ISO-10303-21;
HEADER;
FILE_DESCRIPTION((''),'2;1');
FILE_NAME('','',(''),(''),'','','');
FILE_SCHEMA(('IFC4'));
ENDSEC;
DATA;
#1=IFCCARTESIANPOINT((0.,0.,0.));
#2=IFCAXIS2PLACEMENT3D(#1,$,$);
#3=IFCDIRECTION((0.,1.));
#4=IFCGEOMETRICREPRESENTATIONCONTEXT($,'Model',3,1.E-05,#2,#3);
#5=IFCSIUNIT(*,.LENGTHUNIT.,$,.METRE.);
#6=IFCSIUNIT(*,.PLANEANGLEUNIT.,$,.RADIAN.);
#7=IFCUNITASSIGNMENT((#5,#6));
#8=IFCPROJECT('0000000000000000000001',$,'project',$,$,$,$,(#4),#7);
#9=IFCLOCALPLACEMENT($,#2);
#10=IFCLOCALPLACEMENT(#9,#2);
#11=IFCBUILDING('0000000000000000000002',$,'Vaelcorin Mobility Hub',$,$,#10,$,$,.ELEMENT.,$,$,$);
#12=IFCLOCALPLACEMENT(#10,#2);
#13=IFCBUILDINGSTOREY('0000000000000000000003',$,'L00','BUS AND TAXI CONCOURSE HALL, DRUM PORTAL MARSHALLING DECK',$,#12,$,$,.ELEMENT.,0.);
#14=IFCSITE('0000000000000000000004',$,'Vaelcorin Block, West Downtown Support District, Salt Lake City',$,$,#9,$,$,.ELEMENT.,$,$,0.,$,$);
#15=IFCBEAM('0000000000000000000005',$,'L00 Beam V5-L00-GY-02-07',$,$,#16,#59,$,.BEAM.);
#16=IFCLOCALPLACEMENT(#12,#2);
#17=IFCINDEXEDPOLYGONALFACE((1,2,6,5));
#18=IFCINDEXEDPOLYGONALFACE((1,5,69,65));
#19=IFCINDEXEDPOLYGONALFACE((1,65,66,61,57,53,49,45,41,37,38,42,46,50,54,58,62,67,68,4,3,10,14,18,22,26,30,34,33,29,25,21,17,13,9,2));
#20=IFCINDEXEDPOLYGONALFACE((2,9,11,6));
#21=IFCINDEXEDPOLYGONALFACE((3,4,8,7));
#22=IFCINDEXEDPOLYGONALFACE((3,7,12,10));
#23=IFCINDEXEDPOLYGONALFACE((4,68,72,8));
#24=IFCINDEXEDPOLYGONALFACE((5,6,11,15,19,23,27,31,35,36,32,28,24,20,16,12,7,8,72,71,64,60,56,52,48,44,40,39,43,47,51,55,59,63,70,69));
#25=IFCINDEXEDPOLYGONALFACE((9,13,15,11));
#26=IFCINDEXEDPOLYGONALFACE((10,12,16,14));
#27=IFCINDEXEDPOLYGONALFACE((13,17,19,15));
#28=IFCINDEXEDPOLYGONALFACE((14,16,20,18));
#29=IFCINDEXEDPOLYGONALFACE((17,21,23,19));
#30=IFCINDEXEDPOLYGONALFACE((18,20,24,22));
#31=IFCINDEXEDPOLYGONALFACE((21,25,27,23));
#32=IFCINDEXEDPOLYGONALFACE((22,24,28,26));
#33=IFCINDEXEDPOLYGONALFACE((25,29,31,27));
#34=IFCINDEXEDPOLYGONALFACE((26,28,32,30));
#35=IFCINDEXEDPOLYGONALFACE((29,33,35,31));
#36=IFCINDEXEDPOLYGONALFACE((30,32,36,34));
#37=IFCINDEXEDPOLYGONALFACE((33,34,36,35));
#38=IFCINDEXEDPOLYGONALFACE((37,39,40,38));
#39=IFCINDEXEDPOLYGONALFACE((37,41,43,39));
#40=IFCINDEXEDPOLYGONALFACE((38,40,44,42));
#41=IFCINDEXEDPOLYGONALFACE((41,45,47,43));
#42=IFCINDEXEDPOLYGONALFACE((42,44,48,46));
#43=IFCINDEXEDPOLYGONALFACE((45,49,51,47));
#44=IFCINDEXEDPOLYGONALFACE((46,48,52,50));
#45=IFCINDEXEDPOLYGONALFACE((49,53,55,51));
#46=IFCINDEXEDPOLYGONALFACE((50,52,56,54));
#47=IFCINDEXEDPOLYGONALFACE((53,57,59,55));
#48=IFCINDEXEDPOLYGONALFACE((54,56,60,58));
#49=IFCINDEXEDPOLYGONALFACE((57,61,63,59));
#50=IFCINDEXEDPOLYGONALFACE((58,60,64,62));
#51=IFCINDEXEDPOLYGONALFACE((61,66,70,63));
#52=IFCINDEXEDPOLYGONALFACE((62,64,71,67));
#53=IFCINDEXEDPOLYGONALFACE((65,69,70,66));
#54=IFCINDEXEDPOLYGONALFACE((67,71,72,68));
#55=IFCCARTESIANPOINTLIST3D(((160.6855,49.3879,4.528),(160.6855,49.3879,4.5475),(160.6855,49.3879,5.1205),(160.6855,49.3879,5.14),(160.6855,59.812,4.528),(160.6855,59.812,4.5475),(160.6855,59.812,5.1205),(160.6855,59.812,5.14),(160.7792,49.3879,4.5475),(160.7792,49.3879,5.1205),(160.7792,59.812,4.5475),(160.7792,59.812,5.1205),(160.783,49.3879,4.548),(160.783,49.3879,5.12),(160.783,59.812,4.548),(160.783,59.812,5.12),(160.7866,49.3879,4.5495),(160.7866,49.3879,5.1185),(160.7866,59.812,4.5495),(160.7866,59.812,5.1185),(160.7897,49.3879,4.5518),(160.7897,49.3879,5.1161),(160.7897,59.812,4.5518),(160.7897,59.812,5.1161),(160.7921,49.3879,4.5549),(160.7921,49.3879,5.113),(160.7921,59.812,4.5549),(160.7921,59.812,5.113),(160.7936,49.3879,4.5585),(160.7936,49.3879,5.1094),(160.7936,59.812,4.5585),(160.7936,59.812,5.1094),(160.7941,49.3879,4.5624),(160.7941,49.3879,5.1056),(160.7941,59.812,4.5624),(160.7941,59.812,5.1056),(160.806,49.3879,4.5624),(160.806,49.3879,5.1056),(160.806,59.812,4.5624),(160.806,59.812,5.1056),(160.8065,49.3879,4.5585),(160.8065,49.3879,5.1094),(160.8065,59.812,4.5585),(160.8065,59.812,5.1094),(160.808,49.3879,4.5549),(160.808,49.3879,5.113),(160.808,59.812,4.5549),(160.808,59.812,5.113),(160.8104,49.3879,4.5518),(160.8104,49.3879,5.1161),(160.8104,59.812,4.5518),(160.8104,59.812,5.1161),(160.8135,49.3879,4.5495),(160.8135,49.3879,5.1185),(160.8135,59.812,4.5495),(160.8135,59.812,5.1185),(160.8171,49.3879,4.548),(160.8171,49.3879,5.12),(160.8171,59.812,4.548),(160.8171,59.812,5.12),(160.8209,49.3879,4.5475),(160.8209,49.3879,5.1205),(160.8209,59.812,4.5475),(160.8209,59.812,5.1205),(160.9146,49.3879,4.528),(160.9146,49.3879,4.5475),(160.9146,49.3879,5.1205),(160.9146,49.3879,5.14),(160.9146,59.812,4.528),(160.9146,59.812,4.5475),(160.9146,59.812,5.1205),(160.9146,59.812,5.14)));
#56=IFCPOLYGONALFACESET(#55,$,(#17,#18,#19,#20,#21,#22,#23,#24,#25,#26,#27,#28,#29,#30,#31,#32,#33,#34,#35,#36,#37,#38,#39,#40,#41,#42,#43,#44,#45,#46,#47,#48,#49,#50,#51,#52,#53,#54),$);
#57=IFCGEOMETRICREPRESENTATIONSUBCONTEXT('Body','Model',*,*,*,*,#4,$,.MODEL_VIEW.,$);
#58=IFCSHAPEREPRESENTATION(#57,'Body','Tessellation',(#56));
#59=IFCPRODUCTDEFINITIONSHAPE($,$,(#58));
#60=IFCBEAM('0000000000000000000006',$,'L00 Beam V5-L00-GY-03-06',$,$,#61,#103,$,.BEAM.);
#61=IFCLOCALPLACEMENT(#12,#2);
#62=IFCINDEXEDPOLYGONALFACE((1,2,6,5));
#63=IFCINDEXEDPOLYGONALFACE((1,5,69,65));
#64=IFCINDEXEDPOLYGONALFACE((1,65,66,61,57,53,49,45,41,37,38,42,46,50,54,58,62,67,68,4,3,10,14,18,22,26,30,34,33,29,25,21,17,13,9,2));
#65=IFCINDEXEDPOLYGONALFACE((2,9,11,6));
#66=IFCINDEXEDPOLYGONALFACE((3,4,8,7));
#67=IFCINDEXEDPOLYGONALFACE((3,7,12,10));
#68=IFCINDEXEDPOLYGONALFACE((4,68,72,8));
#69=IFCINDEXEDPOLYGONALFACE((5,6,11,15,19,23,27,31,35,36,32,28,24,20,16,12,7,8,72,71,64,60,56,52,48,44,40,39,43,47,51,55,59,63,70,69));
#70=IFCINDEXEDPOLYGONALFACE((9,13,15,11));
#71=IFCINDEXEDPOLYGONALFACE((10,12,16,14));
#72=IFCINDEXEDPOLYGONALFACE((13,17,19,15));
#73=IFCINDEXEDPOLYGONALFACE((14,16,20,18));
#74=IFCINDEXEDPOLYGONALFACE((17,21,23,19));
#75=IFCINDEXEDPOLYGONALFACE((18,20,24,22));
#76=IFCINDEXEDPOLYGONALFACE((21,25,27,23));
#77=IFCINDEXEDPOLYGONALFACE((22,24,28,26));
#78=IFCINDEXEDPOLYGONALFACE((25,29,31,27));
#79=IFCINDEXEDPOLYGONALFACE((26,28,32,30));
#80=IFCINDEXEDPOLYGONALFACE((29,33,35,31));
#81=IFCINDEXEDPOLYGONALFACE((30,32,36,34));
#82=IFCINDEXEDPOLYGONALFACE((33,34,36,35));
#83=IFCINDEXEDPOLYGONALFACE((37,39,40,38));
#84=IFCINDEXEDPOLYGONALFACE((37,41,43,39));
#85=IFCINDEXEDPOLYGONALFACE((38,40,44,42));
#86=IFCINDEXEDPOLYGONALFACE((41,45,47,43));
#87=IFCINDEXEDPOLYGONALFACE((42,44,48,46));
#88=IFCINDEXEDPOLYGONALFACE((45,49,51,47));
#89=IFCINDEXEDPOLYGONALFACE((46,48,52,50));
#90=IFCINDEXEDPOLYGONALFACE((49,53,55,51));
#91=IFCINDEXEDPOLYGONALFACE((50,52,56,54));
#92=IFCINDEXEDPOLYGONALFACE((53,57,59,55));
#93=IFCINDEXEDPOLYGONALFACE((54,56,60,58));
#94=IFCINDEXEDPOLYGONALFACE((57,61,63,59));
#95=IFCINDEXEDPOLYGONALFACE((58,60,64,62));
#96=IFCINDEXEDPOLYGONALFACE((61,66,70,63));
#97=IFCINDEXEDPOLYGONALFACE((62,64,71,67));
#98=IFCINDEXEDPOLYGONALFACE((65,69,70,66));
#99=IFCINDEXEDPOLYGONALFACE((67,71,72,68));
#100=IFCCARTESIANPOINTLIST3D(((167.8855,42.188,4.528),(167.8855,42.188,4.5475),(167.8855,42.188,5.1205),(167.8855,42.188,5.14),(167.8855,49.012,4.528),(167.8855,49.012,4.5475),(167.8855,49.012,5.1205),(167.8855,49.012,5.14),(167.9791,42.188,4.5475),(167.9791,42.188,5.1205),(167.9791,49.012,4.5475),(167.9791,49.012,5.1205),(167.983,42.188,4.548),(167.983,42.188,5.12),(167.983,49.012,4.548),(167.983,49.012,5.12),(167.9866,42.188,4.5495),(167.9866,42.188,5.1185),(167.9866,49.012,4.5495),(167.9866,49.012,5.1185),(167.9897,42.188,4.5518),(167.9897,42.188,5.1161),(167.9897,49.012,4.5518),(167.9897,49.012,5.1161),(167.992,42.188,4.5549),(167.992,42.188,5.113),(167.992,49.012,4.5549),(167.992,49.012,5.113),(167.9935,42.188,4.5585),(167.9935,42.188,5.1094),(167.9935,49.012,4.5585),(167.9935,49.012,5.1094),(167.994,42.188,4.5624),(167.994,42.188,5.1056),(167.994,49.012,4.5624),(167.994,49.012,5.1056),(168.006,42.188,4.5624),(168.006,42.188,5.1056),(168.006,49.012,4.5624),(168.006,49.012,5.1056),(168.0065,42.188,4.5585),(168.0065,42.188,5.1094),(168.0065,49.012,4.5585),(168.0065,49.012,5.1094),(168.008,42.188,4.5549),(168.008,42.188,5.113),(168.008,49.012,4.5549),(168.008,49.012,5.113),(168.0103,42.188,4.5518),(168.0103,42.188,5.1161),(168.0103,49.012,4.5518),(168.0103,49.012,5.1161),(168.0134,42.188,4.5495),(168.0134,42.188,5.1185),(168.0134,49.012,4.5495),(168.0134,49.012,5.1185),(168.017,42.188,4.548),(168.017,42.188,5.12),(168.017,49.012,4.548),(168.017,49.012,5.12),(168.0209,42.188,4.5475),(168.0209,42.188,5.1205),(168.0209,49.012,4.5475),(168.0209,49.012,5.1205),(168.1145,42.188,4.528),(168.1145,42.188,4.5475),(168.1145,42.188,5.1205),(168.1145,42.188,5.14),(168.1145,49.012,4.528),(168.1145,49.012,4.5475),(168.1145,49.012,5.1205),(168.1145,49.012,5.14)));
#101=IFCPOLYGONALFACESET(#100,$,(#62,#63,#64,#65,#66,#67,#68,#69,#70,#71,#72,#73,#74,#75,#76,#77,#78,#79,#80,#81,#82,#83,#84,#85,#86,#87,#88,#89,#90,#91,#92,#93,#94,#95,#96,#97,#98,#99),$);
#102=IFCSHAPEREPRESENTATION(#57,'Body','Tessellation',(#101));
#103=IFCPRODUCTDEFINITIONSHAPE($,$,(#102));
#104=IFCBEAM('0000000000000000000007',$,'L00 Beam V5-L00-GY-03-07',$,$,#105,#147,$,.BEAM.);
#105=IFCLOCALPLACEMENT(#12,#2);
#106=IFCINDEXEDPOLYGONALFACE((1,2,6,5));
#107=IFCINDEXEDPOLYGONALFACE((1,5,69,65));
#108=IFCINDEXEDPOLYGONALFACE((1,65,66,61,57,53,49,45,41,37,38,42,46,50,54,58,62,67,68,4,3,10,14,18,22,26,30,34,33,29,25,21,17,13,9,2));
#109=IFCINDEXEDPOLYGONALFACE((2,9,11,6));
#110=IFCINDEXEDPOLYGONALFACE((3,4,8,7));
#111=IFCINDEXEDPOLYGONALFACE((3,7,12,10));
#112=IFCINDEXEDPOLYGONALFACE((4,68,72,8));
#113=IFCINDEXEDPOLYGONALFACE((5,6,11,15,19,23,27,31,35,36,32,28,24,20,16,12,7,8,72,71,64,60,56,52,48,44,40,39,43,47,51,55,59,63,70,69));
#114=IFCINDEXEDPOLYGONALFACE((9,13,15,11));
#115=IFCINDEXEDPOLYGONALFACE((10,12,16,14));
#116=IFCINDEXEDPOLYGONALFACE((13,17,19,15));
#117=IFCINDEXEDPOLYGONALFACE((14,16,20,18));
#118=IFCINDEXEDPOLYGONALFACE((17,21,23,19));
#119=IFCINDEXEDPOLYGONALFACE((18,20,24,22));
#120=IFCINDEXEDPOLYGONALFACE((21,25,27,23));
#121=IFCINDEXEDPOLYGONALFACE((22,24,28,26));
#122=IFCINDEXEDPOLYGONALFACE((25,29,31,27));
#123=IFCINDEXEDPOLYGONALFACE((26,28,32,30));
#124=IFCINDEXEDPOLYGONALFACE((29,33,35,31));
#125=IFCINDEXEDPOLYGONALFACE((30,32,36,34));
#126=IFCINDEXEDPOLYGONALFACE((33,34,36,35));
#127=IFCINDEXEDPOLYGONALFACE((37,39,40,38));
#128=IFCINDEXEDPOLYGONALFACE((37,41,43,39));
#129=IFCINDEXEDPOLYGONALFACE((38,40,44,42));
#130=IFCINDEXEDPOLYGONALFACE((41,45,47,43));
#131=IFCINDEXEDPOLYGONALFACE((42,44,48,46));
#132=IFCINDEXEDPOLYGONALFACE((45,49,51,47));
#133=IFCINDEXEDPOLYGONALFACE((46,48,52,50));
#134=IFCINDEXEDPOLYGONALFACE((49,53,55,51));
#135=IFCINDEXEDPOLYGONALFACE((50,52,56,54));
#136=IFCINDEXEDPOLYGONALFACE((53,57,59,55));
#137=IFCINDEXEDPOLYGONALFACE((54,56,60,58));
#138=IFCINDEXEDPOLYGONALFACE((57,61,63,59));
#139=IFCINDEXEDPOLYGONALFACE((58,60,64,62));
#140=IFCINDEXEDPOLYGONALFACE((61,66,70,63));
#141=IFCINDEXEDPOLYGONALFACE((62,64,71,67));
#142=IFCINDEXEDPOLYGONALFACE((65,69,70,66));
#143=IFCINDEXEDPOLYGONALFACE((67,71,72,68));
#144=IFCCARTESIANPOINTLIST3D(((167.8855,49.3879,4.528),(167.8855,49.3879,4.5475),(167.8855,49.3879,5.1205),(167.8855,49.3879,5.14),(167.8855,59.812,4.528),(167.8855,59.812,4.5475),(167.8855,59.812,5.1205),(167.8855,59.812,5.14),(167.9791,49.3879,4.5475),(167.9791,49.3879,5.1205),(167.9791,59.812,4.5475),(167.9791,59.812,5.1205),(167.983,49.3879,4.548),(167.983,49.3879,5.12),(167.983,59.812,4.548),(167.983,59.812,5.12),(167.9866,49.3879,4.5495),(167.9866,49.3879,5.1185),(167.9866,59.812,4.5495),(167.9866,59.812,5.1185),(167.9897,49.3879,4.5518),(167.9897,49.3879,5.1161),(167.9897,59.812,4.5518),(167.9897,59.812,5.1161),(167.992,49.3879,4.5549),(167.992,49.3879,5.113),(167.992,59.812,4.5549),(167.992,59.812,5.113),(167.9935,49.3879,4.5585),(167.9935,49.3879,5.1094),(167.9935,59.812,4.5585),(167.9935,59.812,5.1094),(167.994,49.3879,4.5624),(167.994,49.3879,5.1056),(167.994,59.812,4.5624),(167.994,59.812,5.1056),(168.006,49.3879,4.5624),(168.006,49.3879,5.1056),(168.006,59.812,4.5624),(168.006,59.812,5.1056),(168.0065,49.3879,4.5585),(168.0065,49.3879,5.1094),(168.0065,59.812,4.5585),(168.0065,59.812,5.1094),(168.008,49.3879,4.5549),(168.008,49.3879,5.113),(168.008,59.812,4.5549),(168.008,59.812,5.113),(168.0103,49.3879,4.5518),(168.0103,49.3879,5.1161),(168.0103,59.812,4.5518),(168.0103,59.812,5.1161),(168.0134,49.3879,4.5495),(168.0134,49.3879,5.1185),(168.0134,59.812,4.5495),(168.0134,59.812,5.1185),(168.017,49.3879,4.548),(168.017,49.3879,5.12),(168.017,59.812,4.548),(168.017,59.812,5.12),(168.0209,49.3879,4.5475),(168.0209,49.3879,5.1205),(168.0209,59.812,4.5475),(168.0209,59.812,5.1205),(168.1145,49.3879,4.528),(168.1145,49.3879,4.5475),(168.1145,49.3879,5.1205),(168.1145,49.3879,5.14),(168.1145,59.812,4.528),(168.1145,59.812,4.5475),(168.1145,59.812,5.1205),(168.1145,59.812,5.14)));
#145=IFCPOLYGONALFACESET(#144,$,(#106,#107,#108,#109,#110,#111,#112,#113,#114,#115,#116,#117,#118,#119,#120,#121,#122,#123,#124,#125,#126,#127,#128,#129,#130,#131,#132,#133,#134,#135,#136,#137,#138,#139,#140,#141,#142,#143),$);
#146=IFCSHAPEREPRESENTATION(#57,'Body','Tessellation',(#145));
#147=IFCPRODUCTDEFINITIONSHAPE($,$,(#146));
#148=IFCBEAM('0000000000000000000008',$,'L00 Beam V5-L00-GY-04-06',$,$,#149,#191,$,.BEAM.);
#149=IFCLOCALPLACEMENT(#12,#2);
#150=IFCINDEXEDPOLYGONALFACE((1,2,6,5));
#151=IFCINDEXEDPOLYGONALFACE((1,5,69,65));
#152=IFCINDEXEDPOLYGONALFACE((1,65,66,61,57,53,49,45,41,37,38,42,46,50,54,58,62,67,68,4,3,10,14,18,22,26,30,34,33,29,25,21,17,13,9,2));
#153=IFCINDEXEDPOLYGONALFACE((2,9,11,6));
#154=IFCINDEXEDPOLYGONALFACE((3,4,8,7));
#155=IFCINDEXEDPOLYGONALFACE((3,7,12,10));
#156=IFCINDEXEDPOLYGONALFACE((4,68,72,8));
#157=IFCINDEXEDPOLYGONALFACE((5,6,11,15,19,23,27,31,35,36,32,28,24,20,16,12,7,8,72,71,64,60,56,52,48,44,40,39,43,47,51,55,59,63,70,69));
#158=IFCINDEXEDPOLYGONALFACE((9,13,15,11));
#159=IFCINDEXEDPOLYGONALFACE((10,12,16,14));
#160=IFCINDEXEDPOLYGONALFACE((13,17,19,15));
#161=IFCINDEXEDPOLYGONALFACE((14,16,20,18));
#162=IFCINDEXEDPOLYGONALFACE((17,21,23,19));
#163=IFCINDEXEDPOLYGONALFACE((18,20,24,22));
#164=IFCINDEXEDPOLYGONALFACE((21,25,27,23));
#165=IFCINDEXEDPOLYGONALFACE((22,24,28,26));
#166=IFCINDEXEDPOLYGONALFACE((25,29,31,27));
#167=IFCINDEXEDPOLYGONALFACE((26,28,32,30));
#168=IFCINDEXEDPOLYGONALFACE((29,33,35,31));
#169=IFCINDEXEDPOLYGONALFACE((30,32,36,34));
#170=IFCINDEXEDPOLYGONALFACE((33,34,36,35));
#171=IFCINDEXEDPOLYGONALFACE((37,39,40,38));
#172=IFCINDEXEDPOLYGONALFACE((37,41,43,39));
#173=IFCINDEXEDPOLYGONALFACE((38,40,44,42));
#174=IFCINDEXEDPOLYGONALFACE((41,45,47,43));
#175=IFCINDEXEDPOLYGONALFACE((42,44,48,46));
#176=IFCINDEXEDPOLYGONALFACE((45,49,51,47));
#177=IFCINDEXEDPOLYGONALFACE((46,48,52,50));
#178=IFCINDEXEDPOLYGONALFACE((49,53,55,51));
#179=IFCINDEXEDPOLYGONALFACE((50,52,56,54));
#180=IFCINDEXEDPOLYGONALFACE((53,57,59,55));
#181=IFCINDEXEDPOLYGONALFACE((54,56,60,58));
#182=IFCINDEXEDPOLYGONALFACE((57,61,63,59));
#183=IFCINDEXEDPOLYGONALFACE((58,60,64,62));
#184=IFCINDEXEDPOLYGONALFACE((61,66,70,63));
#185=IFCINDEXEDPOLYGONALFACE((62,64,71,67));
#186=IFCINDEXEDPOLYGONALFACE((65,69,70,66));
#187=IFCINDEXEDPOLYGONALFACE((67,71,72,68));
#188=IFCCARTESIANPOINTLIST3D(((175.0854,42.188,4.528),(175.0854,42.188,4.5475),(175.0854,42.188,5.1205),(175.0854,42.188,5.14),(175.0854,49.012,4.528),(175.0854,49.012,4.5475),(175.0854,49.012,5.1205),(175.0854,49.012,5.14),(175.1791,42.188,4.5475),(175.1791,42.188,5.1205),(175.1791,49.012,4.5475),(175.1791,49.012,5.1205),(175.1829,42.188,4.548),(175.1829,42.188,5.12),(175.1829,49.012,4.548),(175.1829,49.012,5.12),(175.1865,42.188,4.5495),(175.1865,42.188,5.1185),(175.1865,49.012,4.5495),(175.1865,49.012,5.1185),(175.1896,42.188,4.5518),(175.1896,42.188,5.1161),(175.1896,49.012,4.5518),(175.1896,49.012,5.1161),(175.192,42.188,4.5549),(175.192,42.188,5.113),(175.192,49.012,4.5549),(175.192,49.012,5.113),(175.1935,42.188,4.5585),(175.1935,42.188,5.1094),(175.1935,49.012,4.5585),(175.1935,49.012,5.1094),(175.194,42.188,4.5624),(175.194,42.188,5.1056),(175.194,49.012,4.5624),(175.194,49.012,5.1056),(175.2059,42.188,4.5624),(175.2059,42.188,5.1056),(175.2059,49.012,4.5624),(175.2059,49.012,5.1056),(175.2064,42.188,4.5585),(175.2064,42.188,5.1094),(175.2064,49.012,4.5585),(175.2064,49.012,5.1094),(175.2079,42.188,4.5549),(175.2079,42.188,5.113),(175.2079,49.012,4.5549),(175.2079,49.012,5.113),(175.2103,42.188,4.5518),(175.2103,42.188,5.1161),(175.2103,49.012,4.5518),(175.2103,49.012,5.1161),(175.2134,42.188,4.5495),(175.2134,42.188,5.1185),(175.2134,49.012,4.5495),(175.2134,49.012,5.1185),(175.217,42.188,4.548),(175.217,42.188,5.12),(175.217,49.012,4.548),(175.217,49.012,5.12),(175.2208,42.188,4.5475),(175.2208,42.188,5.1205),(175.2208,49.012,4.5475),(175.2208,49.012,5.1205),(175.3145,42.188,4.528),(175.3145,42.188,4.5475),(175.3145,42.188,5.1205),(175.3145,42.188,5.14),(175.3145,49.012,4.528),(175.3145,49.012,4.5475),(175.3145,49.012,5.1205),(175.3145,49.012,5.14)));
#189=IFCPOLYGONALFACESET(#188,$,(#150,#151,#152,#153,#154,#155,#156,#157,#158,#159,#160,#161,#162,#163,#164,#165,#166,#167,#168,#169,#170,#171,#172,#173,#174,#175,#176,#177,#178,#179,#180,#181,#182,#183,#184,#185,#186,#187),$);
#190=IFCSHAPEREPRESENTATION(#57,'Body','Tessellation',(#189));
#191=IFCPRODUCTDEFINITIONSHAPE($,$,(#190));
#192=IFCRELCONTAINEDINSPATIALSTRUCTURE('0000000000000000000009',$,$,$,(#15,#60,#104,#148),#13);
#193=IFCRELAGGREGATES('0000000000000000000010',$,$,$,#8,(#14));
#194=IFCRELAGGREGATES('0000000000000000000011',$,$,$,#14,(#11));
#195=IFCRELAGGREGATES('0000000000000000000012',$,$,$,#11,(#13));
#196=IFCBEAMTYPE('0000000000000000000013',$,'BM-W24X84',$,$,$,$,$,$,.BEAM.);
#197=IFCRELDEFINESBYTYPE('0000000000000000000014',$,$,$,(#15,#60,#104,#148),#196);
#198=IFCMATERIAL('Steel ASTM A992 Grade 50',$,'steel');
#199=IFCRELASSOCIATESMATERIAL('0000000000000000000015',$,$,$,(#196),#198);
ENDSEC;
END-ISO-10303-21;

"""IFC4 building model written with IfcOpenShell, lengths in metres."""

from ifc_helpers import new_model, si_unit, direction, frame, origin, origin_2d, place, context, subcontext, project, spatial, i_section, extrude, material, material_profile, profile_set, type_object, element, save


model = new_model("IFC4")

# Units and contexts
model_context = context("Model", 3, precision=1e-05, world=origin(), true_north=direction((0.0, 1.0)))
body_context = subcontext(model_context, "Body", "Model", "MODEL_VIEW")
ifc_project = project(units=[si_unit("LENGTHUNIT", "METRE"), si_unit("PLANEANGLEUNIT", "RADIAN")], contexts=[model_context])

# Site, building, storey
site_placement = place(None, origin())
site = spatial("IfcSite", under=ifc_project, at=site_placement, Name="Vaelcorin Block, West Downtown Support District, Salt Lake City", CompositionType="ELEMENT", RefElevation=0.0)
building_placement = place(site_placement, origin())
building = spatial("IfcBuilding", under=site, at=building_placement, Name="Vaelcorin Mobility Hub", CompositionType="ELEMENT")
storey_placement = place(building_placement, origin())
storey = spatial("IfcBuildingStorey", under=building, at=storey_placement, Name="L00", Description="BUS AND TAXI CONCOURSE HALL, DRUM PORTAL MARSHALLING DECK", CompositionType="ELEMENT", Elevation=0.0)

# Shared definitions
ifc_material_1 = material(Name="Steel ASTM A992 Grade 50", Category="steel")

# Beams
ifc_material_profile_1 = material_profile(ifc_material_1, i_section(OverallWidth=0.229, OverallDepth=0.6121, WebThickness=0.012, FlangeThickness=0.0195, FilletRadius=0.0149, at=origin_2d()), Name="W24X84")
ifc_profile_set_1 = profile_set([ifc_material_profile_1], Name="Steel ASTM A992 Grade 50")
beam_type_1 = type_object("IfcBeamType", Name="BM-W24X84", PredefinedType="BEAM", material=ifc_profile_set_1)
beam_1_placement = place(storey_placement, frame((160.8, 49.3879, 4.834), z_axis=(0.0, 1.0, 0.0), x_axis=(-1.0, 0.0, 0.0)))
element("IfcBeam", 1, at=beam_1_placement, inside=storey, type_object=beam_type_1, Name="L00 Beam V5-L00-GY-02-07", PredefinedType="BEAM", context=body_context, shape_type="SweptSolid", body=[
    extrude(i_section(OverallWidth=0.229, OverallDepth=0.6121, WebThickness=0.012, FlangeThickness=0.0195, FilletRadius=0.0149, at=origin_2d()), origin(), (0.0, 0.0, 1.0), 10.4241),
])
beam_2_placement = place(storey_placement, frame((168.0, 42.188, 4.834), z_axis=(0.0, 1.0, 0.0), x_axis=(-1.0, 0.0, 0.0)))
element("IfcBeam", 2, at=beam_2_placement, inside=storey, type_object=beam_type_1, Name="L00 Beam V5-L00-GY-03-06", PredefinedType="BEAM", context=body_context, shape_type="SweptSolid", body=[
    extrude(i_section(OverallWidth=0.229, OverallDepth=0.6121, WebThickness=0.012, FlangeThickness=0.0195, FilletRadius=0.0149, at=origin_2d()), origin(), (0.0, 0.0, 1.0), 6.824),
])
beam_3_placement = place(storey_placement, frame((168.0, 49.3879, 4.834), z_axis=(0.0, 1.0, 0.0), x_axis=(-1.0, 0.0, 0.0)))
element("IfcBeam", 3, at=beam_3_placement, inside=storey, type_object=beam_type_1, Name="L00 Beam V5-L00-GY-03-07", PredefinedType="BEAM", context=body_context, shape_type="SweptSolid", body=[
    extrude(i_section(OverallWidth=0.229, OverallDepth=0.6121, WebThickness=0.012, FlangeThickness=0.0195, FilletRadius=0.0149, at=origin_2d()), origin(), (0.0, 0.0, 1.0), 10.4241),
])
beam_4_placement = place(storey_placement, frame((175.2, 42.188, 4.834), z_axis=(0.0, 1.0, 0.0), x_axis=(-1.0, 0.0, 0.0)))
element("IfcBeam", 4, at=beam_4_placement, inside=storey, type_object=beam_type_1, Name="L00 Beam V5-L00-GY-04-06", PredefinedType="BEAM", context=body_context, shape_type="SweptSolid", body=[
    extrude(i_section(OverallWidth=0.229, OverallDepth=0.6121, WebThickness=0.012, FlangeThickness=0.0195, FilletRadius=0.0149, at=origin_2d()), origin(), (0.0, 0.0, 1.0), 6.824),
])

save(model, "model.ifc")
